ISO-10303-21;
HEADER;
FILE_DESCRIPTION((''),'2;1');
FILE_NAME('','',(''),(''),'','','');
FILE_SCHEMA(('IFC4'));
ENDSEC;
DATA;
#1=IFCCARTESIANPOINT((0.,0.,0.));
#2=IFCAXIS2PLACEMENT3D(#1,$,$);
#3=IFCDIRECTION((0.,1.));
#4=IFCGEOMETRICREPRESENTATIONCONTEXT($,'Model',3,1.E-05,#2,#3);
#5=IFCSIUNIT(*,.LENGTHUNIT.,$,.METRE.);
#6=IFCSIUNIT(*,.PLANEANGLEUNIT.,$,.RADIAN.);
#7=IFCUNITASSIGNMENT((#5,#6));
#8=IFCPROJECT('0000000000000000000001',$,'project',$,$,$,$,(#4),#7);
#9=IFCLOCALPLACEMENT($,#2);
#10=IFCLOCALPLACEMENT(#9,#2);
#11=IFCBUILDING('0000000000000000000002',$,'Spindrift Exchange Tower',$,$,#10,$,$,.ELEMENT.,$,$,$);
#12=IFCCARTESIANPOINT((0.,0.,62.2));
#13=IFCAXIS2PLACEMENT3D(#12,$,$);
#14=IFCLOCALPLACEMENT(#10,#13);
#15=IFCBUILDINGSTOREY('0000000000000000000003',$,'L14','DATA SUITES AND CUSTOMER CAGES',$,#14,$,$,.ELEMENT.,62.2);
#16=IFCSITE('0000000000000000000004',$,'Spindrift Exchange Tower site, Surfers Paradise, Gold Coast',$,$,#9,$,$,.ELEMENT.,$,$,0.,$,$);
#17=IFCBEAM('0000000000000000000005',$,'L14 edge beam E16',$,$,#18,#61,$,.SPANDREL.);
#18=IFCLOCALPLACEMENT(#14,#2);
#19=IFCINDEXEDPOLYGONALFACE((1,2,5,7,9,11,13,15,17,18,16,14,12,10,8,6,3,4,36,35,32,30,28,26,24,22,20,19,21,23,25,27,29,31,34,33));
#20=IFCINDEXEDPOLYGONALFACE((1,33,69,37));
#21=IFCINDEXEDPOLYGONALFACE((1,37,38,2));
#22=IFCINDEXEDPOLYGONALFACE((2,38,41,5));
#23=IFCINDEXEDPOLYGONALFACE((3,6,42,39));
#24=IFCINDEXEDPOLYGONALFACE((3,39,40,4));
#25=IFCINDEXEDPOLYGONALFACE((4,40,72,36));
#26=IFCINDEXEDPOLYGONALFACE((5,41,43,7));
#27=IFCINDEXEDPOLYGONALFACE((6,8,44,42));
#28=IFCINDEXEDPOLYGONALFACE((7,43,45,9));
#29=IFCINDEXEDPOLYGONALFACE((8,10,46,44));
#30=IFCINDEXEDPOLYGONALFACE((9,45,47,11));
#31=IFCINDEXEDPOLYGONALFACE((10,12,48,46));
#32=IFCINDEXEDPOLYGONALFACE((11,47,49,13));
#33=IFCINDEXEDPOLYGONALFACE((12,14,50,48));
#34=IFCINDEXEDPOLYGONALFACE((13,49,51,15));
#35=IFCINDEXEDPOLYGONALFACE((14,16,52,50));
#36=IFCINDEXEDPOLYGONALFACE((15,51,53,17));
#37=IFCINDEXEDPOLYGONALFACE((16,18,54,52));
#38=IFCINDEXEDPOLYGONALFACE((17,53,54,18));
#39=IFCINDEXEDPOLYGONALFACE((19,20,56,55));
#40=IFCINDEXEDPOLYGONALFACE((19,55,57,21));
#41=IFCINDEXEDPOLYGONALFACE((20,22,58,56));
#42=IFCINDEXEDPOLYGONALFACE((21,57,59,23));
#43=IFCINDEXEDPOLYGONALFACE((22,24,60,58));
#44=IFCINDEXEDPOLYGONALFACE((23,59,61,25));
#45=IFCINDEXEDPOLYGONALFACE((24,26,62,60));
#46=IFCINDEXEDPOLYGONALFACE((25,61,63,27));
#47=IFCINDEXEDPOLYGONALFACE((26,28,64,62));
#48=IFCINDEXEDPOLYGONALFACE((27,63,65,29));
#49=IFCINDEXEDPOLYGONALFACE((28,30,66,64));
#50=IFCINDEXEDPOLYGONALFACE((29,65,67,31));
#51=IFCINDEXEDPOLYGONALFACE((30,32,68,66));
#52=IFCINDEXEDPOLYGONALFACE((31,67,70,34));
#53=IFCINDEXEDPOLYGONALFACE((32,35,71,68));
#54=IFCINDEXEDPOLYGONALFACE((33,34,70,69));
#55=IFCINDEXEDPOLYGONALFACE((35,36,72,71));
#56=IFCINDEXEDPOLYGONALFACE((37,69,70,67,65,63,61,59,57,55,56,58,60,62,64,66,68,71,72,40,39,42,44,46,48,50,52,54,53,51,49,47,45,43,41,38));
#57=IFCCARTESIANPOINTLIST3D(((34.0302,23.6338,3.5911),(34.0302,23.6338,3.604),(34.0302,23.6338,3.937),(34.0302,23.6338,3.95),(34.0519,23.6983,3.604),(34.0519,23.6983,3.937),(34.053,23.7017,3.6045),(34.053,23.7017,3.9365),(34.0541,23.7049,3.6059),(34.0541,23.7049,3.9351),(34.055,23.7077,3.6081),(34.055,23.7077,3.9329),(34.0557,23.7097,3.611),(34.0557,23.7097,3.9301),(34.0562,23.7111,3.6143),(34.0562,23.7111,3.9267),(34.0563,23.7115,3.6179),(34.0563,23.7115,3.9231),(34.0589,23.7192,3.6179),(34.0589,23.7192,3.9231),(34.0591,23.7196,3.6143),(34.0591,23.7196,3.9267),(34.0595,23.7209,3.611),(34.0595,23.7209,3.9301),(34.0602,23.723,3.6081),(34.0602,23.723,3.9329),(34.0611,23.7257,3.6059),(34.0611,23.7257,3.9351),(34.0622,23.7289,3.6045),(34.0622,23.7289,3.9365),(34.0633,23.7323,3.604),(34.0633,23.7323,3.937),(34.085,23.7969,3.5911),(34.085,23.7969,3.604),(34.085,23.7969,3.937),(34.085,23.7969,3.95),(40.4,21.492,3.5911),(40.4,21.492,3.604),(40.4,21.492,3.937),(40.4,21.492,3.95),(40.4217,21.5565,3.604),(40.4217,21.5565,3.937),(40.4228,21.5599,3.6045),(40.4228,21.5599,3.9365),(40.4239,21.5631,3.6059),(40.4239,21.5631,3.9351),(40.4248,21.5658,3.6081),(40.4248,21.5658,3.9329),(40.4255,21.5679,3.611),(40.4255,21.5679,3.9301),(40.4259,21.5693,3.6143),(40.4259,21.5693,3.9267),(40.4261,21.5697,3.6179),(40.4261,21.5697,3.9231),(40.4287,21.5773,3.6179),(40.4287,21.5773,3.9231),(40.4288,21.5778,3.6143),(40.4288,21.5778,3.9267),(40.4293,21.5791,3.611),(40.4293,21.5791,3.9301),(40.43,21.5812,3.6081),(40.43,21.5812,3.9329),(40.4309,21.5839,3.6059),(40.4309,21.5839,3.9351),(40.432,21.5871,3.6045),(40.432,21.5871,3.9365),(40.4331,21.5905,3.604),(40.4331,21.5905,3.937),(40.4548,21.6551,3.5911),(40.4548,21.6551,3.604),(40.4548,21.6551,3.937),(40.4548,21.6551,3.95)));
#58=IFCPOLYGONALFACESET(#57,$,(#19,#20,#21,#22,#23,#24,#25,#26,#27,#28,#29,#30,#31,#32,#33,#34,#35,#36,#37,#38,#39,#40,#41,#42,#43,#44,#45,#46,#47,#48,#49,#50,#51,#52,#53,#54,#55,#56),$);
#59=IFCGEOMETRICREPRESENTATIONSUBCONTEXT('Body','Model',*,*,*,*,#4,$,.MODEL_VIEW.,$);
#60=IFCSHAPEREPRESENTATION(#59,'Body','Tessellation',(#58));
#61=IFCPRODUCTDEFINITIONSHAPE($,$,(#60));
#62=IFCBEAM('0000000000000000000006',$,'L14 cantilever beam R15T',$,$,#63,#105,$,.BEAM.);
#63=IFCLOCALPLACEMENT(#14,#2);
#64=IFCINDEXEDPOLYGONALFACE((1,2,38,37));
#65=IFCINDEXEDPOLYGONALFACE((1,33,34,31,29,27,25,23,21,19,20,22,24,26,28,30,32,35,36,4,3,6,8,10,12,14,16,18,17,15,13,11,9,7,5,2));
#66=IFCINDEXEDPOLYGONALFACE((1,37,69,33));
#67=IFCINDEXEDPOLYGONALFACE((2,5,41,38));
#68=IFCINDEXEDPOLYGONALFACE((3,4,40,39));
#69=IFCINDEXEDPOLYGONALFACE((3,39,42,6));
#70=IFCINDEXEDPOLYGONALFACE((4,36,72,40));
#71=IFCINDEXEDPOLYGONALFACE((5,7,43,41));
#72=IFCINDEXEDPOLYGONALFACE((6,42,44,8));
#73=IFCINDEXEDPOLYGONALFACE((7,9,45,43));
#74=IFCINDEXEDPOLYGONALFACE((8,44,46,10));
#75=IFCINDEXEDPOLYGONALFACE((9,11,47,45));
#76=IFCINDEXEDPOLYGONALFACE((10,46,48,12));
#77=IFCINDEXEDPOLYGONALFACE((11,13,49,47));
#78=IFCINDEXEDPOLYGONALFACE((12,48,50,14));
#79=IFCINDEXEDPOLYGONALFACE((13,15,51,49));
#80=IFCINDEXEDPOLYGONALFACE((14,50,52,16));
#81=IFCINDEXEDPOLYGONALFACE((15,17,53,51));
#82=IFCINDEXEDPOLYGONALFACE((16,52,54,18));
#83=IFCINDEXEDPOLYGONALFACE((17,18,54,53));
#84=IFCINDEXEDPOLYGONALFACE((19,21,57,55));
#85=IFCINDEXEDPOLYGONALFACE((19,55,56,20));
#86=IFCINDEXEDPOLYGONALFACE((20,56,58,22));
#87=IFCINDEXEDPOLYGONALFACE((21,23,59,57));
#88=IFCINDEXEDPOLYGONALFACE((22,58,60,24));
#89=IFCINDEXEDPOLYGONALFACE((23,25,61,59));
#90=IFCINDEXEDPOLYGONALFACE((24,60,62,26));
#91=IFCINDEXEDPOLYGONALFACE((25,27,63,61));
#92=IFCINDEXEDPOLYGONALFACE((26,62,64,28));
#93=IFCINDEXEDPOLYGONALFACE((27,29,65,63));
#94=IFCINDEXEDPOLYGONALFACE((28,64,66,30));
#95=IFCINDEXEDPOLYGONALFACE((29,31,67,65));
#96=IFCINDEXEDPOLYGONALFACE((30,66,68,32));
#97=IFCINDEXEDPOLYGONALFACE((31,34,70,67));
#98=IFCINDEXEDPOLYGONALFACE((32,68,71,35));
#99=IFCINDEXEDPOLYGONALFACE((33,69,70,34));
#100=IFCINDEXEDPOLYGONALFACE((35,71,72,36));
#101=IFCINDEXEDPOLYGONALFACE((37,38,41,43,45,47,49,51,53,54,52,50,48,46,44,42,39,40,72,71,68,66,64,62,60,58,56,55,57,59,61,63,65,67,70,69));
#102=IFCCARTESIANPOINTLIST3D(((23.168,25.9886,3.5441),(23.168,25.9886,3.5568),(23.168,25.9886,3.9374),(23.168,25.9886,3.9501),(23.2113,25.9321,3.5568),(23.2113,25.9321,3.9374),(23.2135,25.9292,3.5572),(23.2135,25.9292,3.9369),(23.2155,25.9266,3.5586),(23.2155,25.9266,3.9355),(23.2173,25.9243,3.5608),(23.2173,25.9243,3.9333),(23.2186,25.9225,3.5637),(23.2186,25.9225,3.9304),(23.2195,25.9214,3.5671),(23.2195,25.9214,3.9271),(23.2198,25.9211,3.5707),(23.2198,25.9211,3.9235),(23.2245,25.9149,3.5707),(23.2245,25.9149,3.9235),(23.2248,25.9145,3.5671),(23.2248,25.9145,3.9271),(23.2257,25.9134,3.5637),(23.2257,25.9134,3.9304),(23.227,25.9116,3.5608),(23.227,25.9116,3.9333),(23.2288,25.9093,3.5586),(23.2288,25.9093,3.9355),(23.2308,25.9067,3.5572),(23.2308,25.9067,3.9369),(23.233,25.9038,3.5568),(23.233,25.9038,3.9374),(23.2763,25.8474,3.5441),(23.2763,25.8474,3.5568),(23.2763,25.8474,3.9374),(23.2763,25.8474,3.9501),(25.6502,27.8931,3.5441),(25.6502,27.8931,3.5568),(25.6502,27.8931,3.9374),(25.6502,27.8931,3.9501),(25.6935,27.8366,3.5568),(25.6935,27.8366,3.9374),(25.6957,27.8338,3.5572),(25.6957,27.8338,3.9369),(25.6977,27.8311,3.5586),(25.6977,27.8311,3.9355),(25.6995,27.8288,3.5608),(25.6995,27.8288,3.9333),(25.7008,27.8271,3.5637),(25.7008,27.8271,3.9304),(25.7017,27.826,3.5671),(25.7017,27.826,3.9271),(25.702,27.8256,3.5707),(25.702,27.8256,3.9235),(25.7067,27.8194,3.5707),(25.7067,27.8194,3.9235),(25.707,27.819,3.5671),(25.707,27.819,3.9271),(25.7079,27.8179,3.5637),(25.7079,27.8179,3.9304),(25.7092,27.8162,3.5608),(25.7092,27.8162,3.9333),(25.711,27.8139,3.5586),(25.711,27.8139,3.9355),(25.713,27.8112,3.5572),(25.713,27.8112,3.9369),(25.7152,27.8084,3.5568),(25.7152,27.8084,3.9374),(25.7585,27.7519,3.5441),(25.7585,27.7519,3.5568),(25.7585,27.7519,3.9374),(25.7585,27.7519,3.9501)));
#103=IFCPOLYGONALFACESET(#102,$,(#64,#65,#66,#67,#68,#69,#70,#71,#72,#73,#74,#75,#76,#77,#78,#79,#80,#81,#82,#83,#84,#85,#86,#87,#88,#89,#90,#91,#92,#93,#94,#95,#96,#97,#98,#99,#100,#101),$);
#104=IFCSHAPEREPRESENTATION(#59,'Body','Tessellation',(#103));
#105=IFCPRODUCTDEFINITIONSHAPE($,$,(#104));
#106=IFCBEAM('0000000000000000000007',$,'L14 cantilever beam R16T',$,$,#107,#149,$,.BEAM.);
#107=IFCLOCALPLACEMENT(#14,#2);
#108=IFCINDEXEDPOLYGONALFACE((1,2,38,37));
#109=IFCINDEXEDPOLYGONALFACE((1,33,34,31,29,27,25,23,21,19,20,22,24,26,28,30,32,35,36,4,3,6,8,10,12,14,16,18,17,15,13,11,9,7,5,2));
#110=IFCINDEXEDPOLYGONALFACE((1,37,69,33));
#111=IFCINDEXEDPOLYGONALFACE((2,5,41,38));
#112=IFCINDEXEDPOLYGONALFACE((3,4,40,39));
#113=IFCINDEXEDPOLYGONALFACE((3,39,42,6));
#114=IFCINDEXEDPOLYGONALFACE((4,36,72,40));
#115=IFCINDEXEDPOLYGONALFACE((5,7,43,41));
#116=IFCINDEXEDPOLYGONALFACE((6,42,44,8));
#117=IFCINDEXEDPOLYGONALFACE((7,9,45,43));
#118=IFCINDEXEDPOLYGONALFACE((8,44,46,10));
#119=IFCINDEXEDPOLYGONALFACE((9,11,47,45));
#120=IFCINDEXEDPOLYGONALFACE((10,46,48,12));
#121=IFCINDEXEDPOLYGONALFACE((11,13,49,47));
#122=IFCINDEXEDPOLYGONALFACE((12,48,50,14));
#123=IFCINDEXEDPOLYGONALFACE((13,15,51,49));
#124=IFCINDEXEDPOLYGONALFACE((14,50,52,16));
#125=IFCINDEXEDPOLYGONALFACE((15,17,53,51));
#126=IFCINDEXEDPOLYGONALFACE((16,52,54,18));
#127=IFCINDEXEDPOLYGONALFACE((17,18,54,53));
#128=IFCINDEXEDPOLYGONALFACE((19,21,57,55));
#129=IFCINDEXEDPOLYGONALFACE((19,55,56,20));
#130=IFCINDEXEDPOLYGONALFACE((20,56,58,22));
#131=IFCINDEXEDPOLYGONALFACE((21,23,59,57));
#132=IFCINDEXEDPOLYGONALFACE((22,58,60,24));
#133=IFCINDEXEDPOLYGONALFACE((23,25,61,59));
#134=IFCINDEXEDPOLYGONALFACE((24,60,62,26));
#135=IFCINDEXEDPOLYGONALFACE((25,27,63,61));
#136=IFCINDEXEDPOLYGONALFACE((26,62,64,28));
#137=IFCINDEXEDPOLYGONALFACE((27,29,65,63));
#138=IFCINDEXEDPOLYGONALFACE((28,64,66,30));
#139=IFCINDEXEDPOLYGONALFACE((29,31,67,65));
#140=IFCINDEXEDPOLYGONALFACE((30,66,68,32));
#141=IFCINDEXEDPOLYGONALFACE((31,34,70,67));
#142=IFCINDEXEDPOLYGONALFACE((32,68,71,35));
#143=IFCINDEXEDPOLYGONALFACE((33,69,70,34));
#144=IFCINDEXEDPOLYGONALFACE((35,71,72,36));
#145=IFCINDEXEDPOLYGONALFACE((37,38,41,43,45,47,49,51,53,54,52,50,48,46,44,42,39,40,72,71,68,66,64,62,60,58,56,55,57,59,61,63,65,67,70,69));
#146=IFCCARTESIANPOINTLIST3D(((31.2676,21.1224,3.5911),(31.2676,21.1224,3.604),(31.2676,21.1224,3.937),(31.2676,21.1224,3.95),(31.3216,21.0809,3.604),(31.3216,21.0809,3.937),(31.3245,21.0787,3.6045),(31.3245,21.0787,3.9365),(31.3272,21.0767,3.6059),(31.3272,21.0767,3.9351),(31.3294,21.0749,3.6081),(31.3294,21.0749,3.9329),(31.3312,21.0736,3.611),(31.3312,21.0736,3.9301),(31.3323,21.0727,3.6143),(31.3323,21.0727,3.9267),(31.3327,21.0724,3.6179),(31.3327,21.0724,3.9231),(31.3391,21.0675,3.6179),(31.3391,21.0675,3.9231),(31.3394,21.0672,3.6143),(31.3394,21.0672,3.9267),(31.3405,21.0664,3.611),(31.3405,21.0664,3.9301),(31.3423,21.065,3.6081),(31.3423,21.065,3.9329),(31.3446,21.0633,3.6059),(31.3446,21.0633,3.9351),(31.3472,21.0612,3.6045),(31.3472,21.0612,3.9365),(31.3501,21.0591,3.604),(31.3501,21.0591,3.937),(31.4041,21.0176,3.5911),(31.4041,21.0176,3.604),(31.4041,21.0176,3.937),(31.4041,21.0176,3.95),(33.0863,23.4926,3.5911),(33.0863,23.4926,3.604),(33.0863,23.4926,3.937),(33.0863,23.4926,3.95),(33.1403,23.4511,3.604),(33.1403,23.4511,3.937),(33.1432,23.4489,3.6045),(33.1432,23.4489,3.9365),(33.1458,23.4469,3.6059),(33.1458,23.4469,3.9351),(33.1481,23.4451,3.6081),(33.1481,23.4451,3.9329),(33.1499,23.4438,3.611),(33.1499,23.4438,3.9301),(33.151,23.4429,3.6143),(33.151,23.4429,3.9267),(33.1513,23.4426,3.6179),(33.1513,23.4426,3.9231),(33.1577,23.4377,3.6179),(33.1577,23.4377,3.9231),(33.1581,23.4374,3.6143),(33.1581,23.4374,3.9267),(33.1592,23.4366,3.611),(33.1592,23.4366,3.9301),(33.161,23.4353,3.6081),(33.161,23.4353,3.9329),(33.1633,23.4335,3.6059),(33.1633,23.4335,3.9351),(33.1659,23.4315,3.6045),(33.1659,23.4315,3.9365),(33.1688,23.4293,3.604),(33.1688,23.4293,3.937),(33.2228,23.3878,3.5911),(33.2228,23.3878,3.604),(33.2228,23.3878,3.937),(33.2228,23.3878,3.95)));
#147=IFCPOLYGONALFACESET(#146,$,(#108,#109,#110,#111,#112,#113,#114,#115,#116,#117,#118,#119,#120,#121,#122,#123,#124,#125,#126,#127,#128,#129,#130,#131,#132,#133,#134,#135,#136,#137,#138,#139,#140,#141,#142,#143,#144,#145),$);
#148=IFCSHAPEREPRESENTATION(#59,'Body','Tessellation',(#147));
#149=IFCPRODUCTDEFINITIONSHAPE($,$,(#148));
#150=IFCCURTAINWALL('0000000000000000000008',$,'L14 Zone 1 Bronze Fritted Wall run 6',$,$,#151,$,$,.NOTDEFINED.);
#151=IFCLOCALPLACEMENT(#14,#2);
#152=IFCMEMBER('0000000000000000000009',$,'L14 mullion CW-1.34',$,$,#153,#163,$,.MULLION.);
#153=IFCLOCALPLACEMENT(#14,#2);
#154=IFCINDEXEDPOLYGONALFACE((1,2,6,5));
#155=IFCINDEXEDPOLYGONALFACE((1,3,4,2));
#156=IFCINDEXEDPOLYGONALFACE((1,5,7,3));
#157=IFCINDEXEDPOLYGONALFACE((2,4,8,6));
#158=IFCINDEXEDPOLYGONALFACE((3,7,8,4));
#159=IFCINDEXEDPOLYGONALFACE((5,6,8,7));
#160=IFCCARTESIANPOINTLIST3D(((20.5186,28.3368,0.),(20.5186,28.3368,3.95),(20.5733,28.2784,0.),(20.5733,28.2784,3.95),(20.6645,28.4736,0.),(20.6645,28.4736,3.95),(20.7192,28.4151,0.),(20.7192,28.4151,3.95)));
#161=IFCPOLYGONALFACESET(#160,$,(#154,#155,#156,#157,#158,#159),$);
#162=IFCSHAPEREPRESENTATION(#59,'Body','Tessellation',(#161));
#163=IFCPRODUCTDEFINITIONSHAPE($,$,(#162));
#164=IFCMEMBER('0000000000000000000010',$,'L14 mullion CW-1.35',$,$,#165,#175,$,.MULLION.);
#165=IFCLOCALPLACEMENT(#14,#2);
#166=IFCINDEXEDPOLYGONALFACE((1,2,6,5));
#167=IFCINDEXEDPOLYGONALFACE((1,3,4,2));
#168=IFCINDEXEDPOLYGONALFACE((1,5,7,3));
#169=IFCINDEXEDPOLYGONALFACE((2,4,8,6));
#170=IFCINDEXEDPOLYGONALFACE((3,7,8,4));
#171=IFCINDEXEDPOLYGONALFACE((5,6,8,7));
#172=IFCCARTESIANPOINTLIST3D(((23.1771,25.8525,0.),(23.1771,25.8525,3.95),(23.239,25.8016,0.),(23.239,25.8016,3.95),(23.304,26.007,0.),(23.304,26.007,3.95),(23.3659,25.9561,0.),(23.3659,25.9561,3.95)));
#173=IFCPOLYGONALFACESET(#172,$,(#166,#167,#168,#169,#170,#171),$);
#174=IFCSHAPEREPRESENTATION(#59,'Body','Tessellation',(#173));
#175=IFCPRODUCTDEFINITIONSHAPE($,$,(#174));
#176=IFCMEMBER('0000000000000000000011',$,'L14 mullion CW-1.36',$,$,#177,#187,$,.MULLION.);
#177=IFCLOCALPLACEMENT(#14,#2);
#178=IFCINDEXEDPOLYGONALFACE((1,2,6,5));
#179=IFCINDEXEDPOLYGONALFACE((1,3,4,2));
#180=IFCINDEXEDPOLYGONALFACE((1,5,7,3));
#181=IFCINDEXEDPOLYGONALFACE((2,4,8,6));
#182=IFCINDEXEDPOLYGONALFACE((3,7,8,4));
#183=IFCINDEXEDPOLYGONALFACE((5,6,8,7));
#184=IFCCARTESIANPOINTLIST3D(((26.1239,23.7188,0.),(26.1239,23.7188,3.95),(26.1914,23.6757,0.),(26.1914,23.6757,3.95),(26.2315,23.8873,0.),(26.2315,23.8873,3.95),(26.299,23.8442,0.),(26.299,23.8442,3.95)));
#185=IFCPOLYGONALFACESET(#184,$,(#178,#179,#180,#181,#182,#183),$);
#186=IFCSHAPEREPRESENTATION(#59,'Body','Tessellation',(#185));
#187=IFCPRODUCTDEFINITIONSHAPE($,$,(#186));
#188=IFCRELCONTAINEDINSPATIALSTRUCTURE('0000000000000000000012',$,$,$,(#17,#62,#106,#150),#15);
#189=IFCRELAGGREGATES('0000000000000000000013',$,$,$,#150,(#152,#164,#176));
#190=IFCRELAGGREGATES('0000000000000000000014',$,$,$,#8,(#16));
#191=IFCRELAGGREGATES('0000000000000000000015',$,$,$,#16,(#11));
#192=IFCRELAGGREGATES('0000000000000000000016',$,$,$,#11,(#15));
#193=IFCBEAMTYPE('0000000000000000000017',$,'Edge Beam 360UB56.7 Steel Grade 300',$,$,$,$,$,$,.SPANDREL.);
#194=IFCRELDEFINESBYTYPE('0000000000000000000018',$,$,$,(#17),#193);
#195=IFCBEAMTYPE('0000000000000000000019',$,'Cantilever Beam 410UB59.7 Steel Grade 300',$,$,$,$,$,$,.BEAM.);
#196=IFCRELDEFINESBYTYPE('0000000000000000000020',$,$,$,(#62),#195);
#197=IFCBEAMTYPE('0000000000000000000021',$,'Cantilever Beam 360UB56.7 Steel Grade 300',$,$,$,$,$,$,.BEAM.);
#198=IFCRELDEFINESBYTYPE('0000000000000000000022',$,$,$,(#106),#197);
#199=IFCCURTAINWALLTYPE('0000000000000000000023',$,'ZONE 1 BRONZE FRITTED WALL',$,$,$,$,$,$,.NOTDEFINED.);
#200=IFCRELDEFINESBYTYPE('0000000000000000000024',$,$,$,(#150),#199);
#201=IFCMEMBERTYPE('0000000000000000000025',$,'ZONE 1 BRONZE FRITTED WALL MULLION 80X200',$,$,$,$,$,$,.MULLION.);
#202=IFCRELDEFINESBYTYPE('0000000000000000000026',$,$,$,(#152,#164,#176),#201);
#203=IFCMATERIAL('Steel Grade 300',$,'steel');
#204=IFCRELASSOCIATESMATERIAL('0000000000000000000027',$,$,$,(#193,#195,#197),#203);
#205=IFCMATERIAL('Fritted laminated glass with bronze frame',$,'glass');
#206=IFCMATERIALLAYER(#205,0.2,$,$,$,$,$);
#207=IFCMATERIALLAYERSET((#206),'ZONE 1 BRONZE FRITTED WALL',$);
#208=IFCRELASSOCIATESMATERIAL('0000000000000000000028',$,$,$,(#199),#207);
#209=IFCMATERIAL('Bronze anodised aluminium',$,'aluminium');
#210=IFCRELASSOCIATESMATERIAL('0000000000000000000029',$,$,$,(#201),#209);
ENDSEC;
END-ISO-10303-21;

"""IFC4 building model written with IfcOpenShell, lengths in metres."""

from ifc_helpers import new_model, si_unit, direction, frame, origin, origin_2d, place, context, subcontext, project, spatial, rectangle, i_section, extrude, source, transform, mapped, material, layer, layer_set, material_profile, profile_set, type_object, element, aggregate, save


model = new_model("IFC4")

# Units and contexts
model_context = context("Model", 3, precision=1e-05, world=origin(), true_north=direction((0.0, 1.0)))
body_context = subcontext(model_context, "Body", "Model", "MODEL_VIEW")
ifc_project = project(units=[si_unit("LENGTHUNIT", "METRE"), si_unit("PLANEANGLEUNIT", "RADIAN")], contexts=[model_context])

# Site, building, storey
site_placement = place(None, origin())
site = spatial("IfcSite", under=ifc_project, at=site_placement, Name="Spindrift Exchange Tower site, Surfers Paradise, Gold Coast", CompositionType="ELEMENT", RefElevation=0.0)
building_placement = place(site_placement, origin())
building = spatial("IfcBuilding", under=site, at=building_placement, Name="Spindrift Exchange Tower", CompositionType="ELEMENT")
storey_placement = place(building_placement, frame((0.0, 0.0, 62.2)))
storey = spatial("IfcBuildingStorey", under=building, at=storey_placement, Name="L14", Description="DATA SUITES AND CUSTOMER CAGES", CompositionType="ELEMENT", Elevation=62.2)

# Beams
ifc_material_1 = material(Name="Steel Grade 300", Category="steel")
ifc_material_profile_1 = material_profile(ifc_material_1, i_section(OverallWidth=0.1721, OverallDepth=0.3589, WebThickness=0.0081, FlangeThickness=0.0129, FilletRadius=0.0139, at=origin_2d()), Name="360UB56.7")
ifc_profile_set_1 = profile_set([ifc_material_profile_1], Name="Steel Grade 300")
beam_type_1 = type_object("IfcBeamType", Name="Edge Beam 360UB56.7 Steel Grade 300", PredefinedType="SPANDREL", material=ifc_profile_set_1)
shared_shape_1 = source(origin(), body_context, "Body", "SweptSolid", [
    extrude(i_section(OverallWidth=0.1721, OverallDepth=0.3589, WebThickness=0.0081, FlangeThickness=0.0129, FilletRadius=0.0139, at=origin_2d()), origin(), (0.0, 0.0, 1.0), 6.7202),
])
beam_1_placement = place(storey_placement, frame((34.0576, 23.7153, 3.7705), z_axis=(0.947852, -0.318712, 0.0), x_axis=(0.318712, 0.947852, 0.0)))
element("IfcBeam", 1, at=beam_1_placement, inside=storey, type_object=beam_type_1, Name="L14 edge beam E16", PredefinedType="SPANDREL", context=body_context, shape_type="MappedRepresentation", body=[
    mapped(shared_shape_1, transform((0.0, 0.0, 0.0), scale=1.0)),
])
ifc_material_profile_2 = material_profile(ifc_material_1, i_section(OverallWidth=0.178, OverallDepth=0.406, WebThickness=0.0078, FlangeThickness=0.0127, FilletRadius=0.0139, at=origin_2d()), Name="410UB59.7")
ifc_profile_set_2 = profile_set([ifc_material_profile_2], Name="Steel Grade 300")
beam_type_2 = type_object("IfcBeamType", Name="Cantilever Beam 410UB59.7 Steel Grade 300", PredefinedType="BEAM", material=ifc_profile_set_2)
shared_shape_2 = source(origin(), body_context, "Body", "SweptSolid", [
    extrude(i_section(OverallWidth=0.178, OverallDepth=0.406, WebThickness=0.0078, FlangeThickness=0.0127, FilletRadius=0.0139, at=origin_2d()), origin(), (0.0, 0.0, 1.0), 3.1287),
])
beam_2_placement = place(storey_placement, frame((25.7043, 27.8225, 3.7471), z_axis=(-0.793369, -0.608741, 0.0), x_axis=(0.608741, -0.793369, 0.0)))
element("IfcBeam", 2, at=beam_2_placement, inside=storey, type_object=beam_type_2, Name="L14 cantilever beam R15T", PredefinedType="BEAM", context=body_context, shape_type="MappedRepresentation", body=[
    mapped(shared_shape_2, transform((0.0, 0.0, 0.0), scale=1.0)),
])
ifc_material_profile_3 = material_profile(ifc_material_1, i_section(OverallWidth=0.1721, OverallDepth=0.3589, WebThickness=0.0081, FlangeThickness=0.0129, FilletRadius=0.0139, at=origin_2d()), Name="360UB56.7")
ifc_profile_set_3 = profile_set([ifc_material_profile_3], Name="Steel Grade 300")
beam_type_3 = type_object("IfcBeamType", Name="Cantilever Beam 360UB56.7 Steel Grade 300", PredefinedType="BEAM", material=ifc_profile_set_3)
shared_shape_3 = source(origin(), body_context, "Body", "SweptSolid", [
    extrude(i_section(OverallWidth=0.1721, OverallDepth=0.3589, WebThickness=0.0081, FlangeThickness=0.0129, FilletRadius=0.0139, at=origin_2d()), origin(), (0.0, 0.0, 1.0), 2.9875),
])
beam_3_placement = place(storey_placement, frame((33.1545, 23.4402, 3.7705), z_axis=(-0.608751, -0.793362, 0.0), x_axis=(0.793362, -0.608751, 0.0)))
element("IfcBeam", 3, at=beam_3_placement, inside=storey, type_object=beam_type_3, Name="L14 cantilever beam R16T", PredefinedType="BEAM", context=body_context, shape_type="MappedRepresentation", body=[
    mapped(shared_shape_3, transform((0.0, 0.0, 0.0), scale=1.0)),
])

# Curtain wall, members
ifc_material_2 = material(Name="Fritted laminated glass with bronze frame", Category="glass")
ifc_layer_1 = layer(ifc_material_2, 0.2)
ifc_layer_set_1 = layer_set([ifc_layer_1], Name="ZONE 1 BRONZE FRITTED WALL")
curtain_wall_type = type_object("IfcCurtainWallType", Name="ZONE 1 BRONZE FRITTED WALL", PredefinedType="NOTDEFINED", material=ifc_layer_set_1)
curtain_wall_1_placement = place(storey_placement, origin())
curtain_wall_1 = element("IfcCurtainWall", 4, at=curtain_wall_1_placement, inside=storey, type_object=curtain_wall_type, Name="L14 Zone 1 Bronze Fritted Wall run 6", PredefinedType="NOTDEFINED")
ifc_material_3 = material(Name="Bronze anodised aluminium", Category="aluminium")
ifc_material_profile_4 = material_profile(ifc_material_3, rectangle(XDim=0.0801, YDim=0.2, at=origin_2d()), Name="ZONE 1 BRONZE FRITTED WALL MULLION 80X200")
ifc_profile_set_4 = profile_set([ifc_material_profile_4], Name="Bronze anodised aluminium")
member_type_1 = type_object("IfcMemberType", Name="ZONE 1 BRONZE FRITTED WALL MULLION 80X200", PredefinedType="MULLION", material=ifc_profile_set_4)
shared_shape_4 = source(origin(), body_context, "Body", "SweptSolid", [
    extrude(rectangle(XDim=0.0801, YDim=0.2, at=origin_2d()), origin(), (0.0, 0.0, 1.0), 3.95),
])
member_1_placement = place(storey_placement, frame((20.6189, 28.376, 0.0), z_axis=(0.0, 0.0, 1.0), x_axis=(0.683763, -0.729704, 0.0)))
member_1 = element("IfcMember", 5, at=member_1_placement, type_object=member_type_1, Name="L14 mullion CW-1.34", PredefinedType="MULLION", context=body_context, shape_type="MappedRepresentation", body=[
    mapped(shared_shape_4, transform((0.0, 0.0, 0.0), scale=1.0)),
])
member_2_placement = place(storey_placement, frame((23.2715, 25.9043, 0.0), z_axis=(0.0, 0.0, 1.0), x_axis=(0.772674, -0.634804, 0.0)))
member_2 = element("IfcMember", 6, at=member_2_placement, type_object=member_type_1, Name="L14 mullion CW-1.35", PredefinedType="MULLION", context=body_context, shape_type="MappedRepresentation", body=[
    mapped(shared_shape_4, transform((0.0, 0.0, 0.0), scale=1.0)),
])
member_3_placement = place(storey_placement, frame((26.2114, 23.7815, 0.0), z_axis=(0.0, 0.0, 1.0), x_axis=(0.842832, -0.538176, 0.0)))
member_3 = element("IfcMember", 7, at=member_3_placement, type_object=member_type_1, Name="L14 mullion CW-1.36", PredefinedType="MULLION", context=body_context, shape_type="MappedRepresentation", body=[
    mapped(shared_shape_4, transform((0.0, 0.0, 0.0), scale=1.0)),
])

aggregate(curtain_wall_1, [member_1, member_2, member_3])

save(model, "model.ifc")
